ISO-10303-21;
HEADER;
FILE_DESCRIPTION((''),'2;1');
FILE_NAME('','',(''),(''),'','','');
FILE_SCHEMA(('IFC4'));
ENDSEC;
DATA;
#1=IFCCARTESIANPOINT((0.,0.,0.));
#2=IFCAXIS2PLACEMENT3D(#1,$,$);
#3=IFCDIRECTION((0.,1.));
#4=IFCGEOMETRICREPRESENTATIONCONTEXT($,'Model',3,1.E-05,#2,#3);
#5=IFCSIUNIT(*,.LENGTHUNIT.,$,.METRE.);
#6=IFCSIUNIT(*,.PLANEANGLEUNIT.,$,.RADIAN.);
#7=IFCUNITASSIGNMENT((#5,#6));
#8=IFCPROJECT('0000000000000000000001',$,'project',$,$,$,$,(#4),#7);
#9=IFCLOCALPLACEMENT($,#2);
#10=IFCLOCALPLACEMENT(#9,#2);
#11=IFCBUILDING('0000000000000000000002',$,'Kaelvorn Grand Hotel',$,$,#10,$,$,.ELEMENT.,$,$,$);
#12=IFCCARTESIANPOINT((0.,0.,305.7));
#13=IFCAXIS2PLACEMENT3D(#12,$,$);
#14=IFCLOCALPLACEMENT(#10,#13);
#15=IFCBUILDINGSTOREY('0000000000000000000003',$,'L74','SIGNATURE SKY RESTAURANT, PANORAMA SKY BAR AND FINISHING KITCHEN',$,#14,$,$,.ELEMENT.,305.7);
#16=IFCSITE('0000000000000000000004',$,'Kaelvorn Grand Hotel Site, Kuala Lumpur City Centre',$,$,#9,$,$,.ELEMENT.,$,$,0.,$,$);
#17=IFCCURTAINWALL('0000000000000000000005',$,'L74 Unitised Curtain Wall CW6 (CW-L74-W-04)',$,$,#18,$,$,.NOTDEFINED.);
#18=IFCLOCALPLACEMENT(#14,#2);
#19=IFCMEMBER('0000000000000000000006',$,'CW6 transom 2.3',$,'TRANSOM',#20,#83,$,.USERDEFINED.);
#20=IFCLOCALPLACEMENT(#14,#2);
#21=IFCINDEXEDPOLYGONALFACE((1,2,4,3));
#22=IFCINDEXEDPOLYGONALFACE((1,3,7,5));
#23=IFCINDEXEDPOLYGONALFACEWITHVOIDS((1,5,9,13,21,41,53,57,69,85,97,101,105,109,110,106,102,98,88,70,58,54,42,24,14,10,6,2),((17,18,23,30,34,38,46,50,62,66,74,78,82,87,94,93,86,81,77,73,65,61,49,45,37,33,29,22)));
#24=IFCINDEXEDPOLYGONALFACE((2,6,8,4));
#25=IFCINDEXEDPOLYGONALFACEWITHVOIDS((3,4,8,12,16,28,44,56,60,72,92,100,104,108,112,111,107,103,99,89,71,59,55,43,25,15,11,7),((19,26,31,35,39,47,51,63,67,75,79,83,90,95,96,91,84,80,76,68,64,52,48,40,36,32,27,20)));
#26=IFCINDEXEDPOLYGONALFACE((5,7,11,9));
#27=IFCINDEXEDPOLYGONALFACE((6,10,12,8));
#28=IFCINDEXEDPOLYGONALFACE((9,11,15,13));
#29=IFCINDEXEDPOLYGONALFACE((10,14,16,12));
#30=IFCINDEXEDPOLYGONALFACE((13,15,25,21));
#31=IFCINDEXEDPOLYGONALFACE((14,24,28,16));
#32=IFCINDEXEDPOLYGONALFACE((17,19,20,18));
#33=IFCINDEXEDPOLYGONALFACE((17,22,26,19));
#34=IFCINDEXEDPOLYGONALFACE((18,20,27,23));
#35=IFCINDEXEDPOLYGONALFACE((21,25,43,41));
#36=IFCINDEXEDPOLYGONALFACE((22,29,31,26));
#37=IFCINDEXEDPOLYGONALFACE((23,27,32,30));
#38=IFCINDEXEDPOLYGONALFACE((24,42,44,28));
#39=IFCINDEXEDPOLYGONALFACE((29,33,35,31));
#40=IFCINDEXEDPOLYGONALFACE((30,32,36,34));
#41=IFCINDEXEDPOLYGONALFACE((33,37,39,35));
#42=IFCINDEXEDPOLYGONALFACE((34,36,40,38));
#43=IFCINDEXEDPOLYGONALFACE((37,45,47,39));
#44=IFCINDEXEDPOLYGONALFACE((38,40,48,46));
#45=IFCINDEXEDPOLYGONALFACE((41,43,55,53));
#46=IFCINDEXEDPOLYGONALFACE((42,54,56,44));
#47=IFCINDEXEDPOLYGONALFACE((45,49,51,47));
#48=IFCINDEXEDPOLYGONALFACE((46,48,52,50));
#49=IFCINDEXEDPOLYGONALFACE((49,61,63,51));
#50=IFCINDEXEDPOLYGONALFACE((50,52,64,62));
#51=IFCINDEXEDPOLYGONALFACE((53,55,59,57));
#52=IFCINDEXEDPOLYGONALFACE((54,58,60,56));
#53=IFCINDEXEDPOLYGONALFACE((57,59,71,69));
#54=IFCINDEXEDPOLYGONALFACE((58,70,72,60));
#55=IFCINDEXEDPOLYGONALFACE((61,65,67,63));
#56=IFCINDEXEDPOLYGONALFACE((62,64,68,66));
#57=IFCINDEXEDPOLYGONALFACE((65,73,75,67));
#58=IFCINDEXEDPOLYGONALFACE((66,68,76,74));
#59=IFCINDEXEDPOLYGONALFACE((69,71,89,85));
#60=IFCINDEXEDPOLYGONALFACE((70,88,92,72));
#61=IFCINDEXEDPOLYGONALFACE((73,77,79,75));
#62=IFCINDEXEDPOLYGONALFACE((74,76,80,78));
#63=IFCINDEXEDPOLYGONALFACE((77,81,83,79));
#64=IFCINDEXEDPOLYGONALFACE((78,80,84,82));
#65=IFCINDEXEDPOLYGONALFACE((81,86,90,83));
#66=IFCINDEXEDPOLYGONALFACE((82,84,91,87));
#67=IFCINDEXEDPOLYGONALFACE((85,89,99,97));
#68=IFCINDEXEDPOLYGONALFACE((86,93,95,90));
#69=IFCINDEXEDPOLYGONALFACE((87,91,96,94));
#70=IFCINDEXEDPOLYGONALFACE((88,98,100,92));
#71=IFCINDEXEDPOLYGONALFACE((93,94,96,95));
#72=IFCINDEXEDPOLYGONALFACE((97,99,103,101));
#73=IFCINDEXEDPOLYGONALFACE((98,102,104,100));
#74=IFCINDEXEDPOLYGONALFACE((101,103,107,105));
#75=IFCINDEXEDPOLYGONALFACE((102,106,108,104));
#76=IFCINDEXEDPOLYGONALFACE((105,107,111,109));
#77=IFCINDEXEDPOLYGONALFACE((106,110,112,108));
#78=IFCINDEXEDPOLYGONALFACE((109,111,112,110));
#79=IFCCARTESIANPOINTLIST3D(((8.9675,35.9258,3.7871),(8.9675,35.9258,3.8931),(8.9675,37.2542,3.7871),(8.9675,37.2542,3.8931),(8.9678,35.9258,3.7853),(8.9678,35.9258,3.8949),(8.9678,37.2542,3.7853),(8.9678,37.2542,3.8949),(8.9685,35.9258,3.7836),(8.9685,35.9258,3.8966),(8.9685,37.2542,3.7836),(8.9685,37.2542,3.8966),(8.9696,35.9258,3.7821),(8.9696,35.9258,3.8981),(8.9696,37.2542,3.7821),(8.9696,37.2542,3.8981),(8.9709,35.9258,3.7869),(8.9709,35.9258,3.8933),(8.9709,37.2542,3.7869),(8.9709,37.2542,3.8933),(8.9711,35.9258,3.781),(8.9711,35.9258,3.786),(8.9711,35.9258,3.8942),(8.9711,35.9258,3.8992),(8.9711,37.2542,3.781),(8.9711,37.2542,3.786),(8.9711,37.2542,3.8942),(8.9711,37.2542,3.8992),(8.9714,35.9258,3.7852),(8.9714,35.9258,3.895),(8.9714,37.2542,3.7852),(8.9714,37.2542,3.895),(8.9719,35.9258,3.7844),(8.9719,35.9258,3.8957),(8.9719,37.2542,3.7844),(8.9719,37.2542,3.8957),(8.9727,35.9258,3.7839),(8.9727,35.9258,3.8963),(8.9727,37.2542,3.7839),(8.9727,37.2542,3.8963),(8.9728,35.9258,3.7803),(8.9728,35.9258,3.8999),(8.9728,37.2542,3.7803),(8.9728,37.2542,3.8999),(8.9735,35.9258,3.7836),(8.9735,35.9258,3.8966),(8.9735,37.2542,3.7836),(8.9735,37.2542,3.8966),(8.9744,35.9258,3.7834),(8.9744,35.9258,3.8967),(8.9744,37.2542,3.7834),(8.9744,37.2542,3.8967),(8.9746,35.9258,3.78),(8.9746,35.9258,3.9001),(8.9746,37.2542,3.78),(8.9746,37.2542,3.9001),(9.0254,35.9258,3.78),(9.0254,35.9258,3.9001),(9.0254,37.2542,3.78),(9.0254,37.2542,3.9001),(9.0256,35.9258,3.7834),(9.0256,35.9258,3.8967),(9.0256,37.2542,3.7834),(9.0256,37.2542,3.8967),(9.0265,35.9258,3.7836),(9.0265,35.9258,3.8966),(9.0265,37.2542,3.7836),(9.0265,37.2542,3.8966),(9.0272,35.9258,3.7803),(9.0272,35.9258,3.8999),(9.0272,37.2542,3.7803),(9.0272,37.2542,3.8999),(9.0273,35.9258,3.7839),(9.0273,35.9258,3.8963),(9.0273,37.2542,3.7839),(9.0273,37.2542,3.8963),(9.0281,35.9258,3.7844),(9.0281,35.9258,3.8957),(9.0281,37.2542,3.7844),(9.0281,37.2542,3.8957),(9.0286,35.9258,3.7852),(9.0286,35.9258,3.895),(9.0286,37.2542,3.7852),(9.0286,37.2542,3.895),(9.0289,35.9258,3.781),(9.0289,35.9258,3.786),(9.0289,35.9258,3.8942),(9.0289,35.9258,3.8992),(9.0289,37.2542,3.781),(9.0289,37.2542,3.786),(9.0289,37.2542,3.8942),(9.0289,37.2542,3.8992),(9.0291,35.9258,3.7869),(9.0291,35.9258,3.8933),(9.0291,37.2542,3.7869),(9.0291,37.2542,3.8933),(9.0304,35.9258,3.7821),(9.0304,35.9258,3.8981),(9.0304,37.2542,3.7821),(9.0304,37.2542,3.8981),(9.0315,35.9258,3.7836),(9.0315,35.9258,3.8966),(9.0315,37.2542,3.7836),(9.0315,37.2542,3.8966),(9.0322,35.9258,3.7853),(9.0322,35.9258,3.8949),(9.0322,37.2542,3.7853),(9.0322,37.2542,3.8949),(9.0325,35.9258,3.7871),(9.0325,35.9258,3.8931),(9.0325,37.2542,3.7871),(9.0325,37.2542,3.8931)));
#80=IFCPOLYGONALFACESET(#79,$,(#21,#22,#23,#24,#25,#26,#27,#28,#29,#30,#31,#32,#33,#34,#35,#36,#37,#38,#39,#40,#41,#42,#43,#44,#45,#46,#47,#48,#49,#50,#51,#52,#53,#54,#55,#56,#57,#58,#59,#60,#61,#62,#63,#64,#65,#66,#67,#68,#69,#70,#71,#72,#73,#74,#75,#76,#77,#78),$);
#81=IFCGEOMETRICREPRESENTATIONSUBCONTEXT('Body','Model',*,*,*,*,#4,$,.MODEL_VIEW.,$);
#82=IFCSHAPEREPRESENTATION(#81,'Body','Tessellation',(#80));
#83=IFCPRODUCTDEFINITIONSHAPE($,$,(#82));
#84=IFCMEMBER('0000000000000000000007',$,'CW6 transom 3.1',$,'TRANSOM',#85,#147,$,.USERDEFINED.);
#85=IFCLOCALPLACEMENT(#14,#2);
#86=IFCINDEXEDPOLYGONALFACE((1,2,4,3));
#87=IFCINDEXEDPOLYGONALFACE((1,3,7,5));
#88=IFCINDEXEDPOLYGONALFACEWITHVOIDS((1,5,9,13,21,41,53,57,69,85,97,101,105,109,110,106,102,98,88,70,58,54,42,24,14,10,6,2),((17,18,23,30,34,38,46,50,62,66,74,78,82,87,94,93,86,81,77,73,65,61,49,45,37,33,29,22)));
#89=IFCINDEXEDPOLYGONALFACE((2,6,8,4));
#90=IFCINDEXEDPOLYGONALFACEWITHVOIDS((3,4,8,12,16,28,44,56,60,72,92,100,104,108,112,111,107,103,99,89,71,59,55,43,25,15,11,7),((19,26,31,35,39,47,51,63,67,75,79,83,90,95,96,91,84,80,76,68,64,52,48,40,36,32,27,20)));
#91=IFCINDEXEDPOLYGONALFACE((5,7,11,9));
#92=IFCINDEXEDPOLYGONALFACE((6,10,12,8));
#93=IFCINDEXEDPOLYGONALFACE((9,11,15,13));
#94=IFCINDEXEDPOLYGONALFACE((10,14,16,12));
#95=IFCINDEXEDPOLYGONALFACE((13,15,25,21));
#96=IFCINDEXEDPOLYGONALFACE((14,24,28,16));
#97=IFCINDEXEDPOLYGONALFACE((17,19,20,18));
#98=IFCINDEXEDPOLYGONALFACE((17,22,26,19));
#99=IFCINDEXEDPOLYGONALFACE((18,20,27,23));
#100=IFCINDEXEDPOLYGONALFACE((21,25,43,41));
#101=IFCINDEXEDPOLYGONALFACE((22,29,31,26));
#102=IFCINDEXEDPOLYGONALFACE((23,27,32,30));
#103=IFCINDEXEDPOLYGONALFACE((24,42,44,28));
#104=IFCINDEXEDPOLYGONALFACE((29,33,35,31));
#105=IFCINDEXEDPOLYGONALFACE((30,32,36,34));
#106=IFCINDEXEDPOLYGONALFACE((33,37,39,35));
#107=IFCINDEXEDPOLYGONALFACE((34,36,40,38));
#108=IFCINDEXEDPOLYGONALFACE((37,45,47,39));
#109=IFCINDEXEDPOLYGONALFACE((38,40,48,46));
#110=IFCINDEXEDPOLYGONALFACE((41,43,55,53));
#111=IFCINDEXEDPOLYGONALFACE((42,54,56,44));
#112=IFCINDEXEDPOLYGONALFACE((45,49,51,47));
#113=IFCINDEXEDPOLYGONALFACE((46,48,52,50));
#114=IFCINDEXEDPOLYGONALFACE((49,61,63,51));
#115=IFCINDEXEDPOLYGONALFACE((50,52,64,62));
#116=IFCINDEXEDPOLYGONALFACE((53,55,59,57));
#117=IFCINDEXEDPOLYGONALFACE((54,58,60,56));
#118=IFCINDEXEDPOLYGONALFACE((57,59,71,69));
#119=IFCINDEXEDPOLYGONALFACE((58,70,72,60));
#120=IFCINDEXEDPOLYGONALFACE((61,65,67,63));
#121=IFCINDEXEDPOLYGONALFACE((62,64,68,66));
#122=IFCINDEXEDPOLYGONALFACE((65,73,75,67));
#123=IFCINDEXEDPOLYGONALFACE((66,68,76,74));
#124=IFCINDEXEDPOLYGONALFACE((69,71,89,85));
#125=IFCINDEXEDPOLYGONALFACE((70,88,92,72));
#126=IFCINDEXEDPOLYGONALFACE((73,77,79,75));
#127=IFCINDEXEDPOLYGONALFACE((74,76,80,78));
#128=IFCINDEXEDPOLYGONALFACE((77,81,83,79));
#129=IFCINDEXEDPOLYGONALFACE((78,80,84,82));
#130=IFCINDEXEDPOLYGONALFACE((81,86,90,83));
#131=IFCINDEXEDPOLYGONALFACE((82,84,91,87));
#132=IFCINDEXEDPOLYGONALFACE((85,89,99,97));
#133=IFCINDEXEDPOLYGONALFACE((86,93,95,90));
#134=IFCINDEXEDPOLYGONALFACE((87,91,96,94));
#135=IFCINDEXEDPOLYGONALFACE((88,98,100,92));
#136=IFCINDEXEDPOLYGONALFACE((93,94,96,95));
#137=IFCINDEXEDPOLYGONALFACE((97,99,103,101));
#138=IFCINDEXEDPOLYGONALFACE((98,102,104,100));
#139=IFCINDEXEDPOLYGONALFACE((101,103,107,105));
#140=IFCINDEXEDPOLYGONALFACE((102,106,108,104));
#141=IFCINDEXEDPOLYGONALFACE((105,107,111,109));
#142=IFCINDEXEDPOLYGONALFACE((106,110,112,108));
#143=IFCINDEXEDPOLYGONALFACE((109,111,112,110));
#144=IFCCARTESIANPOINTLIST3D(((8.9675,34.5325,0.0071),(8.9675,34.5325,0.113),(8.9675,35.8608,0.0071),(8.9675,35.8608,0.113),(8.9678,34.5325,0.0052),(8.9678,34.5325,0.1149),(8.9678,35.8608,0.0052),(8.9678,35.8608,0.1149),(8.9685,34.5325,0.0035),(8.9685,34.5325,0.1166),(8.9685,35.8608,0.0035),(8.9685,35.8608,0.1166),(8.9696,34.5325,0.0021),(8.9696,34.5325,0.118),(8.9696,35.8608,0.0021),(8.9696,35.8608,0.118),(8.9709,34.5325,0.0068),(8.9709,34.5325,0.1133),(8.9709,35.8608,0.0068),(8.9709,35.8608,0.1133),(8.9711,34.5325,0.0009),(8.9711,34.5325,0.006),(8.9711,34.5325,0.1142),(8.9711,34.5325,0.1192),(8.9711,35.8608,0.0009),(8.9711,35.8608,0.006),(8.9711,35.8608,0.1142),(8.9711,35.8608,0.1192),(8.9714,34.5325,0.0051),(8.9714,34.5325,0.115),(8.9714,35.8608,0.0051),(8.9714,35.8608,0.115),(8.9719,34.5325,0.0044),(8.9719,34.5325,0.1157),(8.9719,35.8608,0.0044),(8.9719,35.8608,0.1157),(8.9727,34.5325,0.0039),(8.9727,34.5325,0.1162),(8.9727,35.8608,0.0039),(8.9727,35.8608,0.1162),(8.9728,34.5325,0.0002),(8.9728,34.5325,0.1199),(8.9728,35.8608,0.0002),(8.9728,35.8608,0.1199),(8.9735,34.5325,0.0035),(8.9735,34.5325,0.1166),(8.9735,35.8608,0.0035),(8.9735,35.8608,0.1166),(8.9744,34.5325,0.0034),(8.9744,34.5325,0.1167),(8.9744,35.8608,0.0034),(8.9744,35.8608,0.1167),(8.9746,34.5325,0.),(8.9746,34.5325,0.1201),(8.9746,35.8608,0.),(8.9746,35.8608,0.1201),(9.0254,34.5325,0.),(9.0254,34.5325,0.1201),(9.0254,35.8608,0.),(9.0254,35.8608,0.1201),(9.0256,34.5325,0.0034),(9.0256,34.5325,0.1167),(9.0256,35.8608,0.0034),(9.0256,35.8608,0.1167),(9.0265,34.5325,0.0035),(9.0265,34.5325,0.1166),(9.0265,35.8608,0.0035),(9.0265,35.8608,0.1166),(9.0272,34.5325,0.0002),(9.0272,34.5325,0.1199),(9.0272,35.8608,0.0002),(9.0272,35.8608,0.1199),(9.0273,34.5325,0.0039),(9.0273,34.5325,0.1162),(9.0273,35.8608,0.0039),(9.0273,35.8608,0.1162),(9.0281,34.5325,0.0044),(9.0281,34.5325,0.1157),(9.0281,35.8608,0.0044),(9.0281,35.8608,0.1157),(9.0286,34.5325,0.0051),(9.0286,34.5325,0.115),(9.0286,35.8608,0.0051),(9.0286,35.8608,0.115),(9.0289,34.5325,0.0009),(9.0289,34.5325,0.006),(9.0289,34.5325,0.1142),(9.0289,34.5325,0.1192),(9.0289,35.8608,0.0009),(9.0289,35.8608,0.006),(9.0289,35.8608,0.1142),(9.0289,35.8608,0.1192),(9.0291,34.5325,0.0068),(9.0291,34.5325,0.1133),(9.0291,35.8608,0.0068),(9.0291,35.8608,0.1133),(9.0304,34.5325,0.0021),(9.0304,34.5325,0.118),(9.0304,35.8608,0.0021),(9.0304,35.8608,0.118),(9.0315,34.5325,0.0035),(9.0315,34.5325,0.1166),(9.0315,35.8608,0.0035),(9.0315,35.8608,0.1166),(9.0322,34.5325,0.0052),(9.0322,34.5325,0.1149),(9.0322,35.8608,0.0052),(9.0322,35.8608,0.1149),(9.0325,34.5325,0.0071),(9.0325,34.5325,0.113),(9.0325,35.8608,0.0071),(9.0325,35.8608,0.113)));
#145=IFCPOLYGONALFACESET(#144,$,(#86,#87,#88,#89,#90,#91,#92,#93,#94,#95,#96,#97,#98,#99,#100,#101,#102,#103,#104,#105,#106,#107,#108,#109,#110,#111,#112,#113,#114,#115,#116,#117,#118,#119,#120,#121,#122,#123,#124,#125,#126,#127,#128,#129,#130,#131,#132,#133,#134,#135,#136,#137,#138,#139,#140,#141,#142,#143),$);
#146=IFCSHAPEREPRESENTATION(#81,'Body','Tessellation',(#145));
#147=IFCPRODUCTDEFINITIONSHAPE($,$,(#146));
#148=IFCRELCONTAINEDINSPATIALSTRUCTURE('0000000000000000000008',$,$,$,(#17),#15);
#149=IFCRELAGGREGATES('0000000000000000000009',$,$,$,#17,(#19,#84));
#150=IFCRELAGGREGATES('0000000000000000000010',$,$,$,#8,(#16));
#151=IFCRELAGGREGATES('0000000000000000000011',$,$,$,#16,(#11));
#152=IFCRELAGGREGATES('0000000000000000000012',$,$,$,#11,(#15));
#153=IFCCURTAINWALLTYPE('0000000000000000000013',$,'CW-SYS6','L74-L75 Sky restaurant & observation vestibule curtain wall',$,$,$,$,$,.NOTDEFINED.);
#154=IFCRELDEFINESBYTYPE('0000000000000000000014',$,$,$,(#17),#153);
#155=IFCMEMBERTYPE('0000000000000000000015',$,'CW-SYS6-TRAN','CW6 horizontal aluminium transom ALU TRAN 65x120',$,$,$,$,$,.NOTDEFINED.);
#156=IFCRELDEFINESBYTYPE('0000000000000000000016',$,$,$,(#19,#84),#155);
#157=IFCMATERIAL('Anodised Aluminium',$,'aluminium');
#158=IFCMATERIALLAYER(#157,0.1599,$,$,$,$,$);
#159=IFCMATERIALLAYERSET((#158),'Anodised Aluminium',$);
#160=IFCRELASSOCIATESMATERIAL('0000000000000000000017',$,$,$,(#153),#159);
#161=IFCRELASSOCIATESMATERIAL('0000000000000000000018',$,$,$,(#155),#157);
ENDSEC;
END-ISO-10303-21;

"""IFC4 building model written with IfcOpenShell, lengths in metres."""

from ifc_helpers import new_model, si_unit, direction, frame, origin, origin_2d, place, context, subcontext, project, spatial, hollow_rectangle, extrude, material, layer, layer_set, material_profile, profile_set, type_object, element, aggregate, save


model = new_model("IFC4")

# Units and contexts
model_context = context("Model", 3, precision=1e-05, world=origin(), true_north=direction((0.0, 1.0)))
body_context = subcontext(model_context, "Body", "Model", "MODEL_VIEW")
ifc_project = project(units=[si_unit("LENGTHUNIT", "METRE"), si_unit("PLANEANGLEUNIT", "RADIAN")], contexts=[model_context])

# Site, building, storey
site_placement = place(None, origin())
site = spatial("IfcSite", under=ifc_project, at=site_placement, Name="Kaelvorn Grand Hotel Site, Kuala Lumpur City Centre", CompositionType="ELEMENT", RefElevation=0.0)
building_placement = place(site_placement, origin())
building = spatial("IfcBuilding", under=site, at=building_placement, Name="Kaelvorn Grand Hotel", CompositionType="ELEMENT")
storey_placement = place(building_placement, frame((0.0, 0.0, 305.7)))
storey = spatial("IfcBuildingStorey", under=building, at=storey_placement, Name="L74", Description="SIGNATURE SKY RESTAURANT, PANORAMA SKY BAR AND FINISHING KITCHEN", CompositionType="ELEMENT", Elevation=305.7)

# Shared definitions
ifc_material_1 = material(Name="Anodised Aluminium", Category="aluminium")
ifc_layer_1 = layer(ifc_material_1, 0.1599)
ifc_layer_set_1 = layer_set([ifc_layer_1], Name="Anodised Aluminium")
curtain_wall_type = type_object("IfcCurtainWallType", Name="CW-SYS6", Description="L74-L75 Sky restaurant & observation vestibule curtain wall", PredefinedType="NOTDEFINED", material=ifc_layer_set_1)

# Curtain wall, members
curtain_wall_1_placement = place(storey_placement, origin())
curtain_wall_1 = element("IfcCurtainWall", 1, at=curtain_wall_1_placement, inside=storey, type_object=curtain_wall_type, Name="L74 Unitised Curtain Wall CW6 (CW-L74-W-04)", PredefinedType="NOTDEFINED")
ifc_material_profile_1 = material_profile(ifc_material_1, hollow_rectangle(XDim=0.0649, YDim=0.1201, WallThickness=0.0034, InnerFilletRadius=0.0034, OuterFilletRadius=0.0071, at=origin_2d()), Name="ALU TRAN 65x120")
ifc_profile_set_1 = profile_set([ifc_material_profile_1], Name="Anodised Aluminium")
member_type_1 = type_object("IfcMemberType", Name="CW-SYS6-TRAN", Description="CW6 horizontal aluminium transom ALU TRAN 65x120", PredefinedType="NOTDEFINED", material=ifc_profile_set_1)
member_1_placement = place(storey_placement, frame((9.0, 37.2542, 3.8401), z_axis=(0.0, -1.0, 0.0), x_axis=(1.0, 0.0, 0.0)))
member_1 = element("IfcMember", 2, at=member_1_placement, type_object=member_type_1, Name="CW6 transom 2.3", ObjectType="TRANSOM", PredefinedType="USERDEFINED", context=body_context, shape_type="SweptSolid", body=[
    extrude(hollow_rectangle(XDim=0.0649, YDim=0.1201, WallThickness=0.0034, InnerFilletRadius=0.0034, OuterFilletRadius=0.0071, at=origin_2d()), origin(), (0.0, 0.0, 1.0), 1.3284),
])
member_2_placement = place(storey_placement, frame((9.0, 35.8608, 0.0601), z_axis=(0.0, -1.0, 0.0), x_axis=(1.0, 0.0, 0.0)))
member_2 = element("IfcMember", 3, at=member_2_placement, type_object=member_type_1, Name="CW6 transom 3.1", ObjectType="TRANSOM", PredefinedType="USERDEFINED", context=body_context, shape_type="SweptSolid", body=[
    extrude(hollow_rectangle(XDim=0.0649, YDim=0.1201, WallThickness=0.0034, InnerFilletRadius=0.0034, OuterFilletRadius=0.0071, at=origin_2d()), origin(), (0.0, 0.0, 1.0), 1.3284),
])

aggregate(curtain_wall_1, [member_1, member_2])

save(model, "model.ifc")
